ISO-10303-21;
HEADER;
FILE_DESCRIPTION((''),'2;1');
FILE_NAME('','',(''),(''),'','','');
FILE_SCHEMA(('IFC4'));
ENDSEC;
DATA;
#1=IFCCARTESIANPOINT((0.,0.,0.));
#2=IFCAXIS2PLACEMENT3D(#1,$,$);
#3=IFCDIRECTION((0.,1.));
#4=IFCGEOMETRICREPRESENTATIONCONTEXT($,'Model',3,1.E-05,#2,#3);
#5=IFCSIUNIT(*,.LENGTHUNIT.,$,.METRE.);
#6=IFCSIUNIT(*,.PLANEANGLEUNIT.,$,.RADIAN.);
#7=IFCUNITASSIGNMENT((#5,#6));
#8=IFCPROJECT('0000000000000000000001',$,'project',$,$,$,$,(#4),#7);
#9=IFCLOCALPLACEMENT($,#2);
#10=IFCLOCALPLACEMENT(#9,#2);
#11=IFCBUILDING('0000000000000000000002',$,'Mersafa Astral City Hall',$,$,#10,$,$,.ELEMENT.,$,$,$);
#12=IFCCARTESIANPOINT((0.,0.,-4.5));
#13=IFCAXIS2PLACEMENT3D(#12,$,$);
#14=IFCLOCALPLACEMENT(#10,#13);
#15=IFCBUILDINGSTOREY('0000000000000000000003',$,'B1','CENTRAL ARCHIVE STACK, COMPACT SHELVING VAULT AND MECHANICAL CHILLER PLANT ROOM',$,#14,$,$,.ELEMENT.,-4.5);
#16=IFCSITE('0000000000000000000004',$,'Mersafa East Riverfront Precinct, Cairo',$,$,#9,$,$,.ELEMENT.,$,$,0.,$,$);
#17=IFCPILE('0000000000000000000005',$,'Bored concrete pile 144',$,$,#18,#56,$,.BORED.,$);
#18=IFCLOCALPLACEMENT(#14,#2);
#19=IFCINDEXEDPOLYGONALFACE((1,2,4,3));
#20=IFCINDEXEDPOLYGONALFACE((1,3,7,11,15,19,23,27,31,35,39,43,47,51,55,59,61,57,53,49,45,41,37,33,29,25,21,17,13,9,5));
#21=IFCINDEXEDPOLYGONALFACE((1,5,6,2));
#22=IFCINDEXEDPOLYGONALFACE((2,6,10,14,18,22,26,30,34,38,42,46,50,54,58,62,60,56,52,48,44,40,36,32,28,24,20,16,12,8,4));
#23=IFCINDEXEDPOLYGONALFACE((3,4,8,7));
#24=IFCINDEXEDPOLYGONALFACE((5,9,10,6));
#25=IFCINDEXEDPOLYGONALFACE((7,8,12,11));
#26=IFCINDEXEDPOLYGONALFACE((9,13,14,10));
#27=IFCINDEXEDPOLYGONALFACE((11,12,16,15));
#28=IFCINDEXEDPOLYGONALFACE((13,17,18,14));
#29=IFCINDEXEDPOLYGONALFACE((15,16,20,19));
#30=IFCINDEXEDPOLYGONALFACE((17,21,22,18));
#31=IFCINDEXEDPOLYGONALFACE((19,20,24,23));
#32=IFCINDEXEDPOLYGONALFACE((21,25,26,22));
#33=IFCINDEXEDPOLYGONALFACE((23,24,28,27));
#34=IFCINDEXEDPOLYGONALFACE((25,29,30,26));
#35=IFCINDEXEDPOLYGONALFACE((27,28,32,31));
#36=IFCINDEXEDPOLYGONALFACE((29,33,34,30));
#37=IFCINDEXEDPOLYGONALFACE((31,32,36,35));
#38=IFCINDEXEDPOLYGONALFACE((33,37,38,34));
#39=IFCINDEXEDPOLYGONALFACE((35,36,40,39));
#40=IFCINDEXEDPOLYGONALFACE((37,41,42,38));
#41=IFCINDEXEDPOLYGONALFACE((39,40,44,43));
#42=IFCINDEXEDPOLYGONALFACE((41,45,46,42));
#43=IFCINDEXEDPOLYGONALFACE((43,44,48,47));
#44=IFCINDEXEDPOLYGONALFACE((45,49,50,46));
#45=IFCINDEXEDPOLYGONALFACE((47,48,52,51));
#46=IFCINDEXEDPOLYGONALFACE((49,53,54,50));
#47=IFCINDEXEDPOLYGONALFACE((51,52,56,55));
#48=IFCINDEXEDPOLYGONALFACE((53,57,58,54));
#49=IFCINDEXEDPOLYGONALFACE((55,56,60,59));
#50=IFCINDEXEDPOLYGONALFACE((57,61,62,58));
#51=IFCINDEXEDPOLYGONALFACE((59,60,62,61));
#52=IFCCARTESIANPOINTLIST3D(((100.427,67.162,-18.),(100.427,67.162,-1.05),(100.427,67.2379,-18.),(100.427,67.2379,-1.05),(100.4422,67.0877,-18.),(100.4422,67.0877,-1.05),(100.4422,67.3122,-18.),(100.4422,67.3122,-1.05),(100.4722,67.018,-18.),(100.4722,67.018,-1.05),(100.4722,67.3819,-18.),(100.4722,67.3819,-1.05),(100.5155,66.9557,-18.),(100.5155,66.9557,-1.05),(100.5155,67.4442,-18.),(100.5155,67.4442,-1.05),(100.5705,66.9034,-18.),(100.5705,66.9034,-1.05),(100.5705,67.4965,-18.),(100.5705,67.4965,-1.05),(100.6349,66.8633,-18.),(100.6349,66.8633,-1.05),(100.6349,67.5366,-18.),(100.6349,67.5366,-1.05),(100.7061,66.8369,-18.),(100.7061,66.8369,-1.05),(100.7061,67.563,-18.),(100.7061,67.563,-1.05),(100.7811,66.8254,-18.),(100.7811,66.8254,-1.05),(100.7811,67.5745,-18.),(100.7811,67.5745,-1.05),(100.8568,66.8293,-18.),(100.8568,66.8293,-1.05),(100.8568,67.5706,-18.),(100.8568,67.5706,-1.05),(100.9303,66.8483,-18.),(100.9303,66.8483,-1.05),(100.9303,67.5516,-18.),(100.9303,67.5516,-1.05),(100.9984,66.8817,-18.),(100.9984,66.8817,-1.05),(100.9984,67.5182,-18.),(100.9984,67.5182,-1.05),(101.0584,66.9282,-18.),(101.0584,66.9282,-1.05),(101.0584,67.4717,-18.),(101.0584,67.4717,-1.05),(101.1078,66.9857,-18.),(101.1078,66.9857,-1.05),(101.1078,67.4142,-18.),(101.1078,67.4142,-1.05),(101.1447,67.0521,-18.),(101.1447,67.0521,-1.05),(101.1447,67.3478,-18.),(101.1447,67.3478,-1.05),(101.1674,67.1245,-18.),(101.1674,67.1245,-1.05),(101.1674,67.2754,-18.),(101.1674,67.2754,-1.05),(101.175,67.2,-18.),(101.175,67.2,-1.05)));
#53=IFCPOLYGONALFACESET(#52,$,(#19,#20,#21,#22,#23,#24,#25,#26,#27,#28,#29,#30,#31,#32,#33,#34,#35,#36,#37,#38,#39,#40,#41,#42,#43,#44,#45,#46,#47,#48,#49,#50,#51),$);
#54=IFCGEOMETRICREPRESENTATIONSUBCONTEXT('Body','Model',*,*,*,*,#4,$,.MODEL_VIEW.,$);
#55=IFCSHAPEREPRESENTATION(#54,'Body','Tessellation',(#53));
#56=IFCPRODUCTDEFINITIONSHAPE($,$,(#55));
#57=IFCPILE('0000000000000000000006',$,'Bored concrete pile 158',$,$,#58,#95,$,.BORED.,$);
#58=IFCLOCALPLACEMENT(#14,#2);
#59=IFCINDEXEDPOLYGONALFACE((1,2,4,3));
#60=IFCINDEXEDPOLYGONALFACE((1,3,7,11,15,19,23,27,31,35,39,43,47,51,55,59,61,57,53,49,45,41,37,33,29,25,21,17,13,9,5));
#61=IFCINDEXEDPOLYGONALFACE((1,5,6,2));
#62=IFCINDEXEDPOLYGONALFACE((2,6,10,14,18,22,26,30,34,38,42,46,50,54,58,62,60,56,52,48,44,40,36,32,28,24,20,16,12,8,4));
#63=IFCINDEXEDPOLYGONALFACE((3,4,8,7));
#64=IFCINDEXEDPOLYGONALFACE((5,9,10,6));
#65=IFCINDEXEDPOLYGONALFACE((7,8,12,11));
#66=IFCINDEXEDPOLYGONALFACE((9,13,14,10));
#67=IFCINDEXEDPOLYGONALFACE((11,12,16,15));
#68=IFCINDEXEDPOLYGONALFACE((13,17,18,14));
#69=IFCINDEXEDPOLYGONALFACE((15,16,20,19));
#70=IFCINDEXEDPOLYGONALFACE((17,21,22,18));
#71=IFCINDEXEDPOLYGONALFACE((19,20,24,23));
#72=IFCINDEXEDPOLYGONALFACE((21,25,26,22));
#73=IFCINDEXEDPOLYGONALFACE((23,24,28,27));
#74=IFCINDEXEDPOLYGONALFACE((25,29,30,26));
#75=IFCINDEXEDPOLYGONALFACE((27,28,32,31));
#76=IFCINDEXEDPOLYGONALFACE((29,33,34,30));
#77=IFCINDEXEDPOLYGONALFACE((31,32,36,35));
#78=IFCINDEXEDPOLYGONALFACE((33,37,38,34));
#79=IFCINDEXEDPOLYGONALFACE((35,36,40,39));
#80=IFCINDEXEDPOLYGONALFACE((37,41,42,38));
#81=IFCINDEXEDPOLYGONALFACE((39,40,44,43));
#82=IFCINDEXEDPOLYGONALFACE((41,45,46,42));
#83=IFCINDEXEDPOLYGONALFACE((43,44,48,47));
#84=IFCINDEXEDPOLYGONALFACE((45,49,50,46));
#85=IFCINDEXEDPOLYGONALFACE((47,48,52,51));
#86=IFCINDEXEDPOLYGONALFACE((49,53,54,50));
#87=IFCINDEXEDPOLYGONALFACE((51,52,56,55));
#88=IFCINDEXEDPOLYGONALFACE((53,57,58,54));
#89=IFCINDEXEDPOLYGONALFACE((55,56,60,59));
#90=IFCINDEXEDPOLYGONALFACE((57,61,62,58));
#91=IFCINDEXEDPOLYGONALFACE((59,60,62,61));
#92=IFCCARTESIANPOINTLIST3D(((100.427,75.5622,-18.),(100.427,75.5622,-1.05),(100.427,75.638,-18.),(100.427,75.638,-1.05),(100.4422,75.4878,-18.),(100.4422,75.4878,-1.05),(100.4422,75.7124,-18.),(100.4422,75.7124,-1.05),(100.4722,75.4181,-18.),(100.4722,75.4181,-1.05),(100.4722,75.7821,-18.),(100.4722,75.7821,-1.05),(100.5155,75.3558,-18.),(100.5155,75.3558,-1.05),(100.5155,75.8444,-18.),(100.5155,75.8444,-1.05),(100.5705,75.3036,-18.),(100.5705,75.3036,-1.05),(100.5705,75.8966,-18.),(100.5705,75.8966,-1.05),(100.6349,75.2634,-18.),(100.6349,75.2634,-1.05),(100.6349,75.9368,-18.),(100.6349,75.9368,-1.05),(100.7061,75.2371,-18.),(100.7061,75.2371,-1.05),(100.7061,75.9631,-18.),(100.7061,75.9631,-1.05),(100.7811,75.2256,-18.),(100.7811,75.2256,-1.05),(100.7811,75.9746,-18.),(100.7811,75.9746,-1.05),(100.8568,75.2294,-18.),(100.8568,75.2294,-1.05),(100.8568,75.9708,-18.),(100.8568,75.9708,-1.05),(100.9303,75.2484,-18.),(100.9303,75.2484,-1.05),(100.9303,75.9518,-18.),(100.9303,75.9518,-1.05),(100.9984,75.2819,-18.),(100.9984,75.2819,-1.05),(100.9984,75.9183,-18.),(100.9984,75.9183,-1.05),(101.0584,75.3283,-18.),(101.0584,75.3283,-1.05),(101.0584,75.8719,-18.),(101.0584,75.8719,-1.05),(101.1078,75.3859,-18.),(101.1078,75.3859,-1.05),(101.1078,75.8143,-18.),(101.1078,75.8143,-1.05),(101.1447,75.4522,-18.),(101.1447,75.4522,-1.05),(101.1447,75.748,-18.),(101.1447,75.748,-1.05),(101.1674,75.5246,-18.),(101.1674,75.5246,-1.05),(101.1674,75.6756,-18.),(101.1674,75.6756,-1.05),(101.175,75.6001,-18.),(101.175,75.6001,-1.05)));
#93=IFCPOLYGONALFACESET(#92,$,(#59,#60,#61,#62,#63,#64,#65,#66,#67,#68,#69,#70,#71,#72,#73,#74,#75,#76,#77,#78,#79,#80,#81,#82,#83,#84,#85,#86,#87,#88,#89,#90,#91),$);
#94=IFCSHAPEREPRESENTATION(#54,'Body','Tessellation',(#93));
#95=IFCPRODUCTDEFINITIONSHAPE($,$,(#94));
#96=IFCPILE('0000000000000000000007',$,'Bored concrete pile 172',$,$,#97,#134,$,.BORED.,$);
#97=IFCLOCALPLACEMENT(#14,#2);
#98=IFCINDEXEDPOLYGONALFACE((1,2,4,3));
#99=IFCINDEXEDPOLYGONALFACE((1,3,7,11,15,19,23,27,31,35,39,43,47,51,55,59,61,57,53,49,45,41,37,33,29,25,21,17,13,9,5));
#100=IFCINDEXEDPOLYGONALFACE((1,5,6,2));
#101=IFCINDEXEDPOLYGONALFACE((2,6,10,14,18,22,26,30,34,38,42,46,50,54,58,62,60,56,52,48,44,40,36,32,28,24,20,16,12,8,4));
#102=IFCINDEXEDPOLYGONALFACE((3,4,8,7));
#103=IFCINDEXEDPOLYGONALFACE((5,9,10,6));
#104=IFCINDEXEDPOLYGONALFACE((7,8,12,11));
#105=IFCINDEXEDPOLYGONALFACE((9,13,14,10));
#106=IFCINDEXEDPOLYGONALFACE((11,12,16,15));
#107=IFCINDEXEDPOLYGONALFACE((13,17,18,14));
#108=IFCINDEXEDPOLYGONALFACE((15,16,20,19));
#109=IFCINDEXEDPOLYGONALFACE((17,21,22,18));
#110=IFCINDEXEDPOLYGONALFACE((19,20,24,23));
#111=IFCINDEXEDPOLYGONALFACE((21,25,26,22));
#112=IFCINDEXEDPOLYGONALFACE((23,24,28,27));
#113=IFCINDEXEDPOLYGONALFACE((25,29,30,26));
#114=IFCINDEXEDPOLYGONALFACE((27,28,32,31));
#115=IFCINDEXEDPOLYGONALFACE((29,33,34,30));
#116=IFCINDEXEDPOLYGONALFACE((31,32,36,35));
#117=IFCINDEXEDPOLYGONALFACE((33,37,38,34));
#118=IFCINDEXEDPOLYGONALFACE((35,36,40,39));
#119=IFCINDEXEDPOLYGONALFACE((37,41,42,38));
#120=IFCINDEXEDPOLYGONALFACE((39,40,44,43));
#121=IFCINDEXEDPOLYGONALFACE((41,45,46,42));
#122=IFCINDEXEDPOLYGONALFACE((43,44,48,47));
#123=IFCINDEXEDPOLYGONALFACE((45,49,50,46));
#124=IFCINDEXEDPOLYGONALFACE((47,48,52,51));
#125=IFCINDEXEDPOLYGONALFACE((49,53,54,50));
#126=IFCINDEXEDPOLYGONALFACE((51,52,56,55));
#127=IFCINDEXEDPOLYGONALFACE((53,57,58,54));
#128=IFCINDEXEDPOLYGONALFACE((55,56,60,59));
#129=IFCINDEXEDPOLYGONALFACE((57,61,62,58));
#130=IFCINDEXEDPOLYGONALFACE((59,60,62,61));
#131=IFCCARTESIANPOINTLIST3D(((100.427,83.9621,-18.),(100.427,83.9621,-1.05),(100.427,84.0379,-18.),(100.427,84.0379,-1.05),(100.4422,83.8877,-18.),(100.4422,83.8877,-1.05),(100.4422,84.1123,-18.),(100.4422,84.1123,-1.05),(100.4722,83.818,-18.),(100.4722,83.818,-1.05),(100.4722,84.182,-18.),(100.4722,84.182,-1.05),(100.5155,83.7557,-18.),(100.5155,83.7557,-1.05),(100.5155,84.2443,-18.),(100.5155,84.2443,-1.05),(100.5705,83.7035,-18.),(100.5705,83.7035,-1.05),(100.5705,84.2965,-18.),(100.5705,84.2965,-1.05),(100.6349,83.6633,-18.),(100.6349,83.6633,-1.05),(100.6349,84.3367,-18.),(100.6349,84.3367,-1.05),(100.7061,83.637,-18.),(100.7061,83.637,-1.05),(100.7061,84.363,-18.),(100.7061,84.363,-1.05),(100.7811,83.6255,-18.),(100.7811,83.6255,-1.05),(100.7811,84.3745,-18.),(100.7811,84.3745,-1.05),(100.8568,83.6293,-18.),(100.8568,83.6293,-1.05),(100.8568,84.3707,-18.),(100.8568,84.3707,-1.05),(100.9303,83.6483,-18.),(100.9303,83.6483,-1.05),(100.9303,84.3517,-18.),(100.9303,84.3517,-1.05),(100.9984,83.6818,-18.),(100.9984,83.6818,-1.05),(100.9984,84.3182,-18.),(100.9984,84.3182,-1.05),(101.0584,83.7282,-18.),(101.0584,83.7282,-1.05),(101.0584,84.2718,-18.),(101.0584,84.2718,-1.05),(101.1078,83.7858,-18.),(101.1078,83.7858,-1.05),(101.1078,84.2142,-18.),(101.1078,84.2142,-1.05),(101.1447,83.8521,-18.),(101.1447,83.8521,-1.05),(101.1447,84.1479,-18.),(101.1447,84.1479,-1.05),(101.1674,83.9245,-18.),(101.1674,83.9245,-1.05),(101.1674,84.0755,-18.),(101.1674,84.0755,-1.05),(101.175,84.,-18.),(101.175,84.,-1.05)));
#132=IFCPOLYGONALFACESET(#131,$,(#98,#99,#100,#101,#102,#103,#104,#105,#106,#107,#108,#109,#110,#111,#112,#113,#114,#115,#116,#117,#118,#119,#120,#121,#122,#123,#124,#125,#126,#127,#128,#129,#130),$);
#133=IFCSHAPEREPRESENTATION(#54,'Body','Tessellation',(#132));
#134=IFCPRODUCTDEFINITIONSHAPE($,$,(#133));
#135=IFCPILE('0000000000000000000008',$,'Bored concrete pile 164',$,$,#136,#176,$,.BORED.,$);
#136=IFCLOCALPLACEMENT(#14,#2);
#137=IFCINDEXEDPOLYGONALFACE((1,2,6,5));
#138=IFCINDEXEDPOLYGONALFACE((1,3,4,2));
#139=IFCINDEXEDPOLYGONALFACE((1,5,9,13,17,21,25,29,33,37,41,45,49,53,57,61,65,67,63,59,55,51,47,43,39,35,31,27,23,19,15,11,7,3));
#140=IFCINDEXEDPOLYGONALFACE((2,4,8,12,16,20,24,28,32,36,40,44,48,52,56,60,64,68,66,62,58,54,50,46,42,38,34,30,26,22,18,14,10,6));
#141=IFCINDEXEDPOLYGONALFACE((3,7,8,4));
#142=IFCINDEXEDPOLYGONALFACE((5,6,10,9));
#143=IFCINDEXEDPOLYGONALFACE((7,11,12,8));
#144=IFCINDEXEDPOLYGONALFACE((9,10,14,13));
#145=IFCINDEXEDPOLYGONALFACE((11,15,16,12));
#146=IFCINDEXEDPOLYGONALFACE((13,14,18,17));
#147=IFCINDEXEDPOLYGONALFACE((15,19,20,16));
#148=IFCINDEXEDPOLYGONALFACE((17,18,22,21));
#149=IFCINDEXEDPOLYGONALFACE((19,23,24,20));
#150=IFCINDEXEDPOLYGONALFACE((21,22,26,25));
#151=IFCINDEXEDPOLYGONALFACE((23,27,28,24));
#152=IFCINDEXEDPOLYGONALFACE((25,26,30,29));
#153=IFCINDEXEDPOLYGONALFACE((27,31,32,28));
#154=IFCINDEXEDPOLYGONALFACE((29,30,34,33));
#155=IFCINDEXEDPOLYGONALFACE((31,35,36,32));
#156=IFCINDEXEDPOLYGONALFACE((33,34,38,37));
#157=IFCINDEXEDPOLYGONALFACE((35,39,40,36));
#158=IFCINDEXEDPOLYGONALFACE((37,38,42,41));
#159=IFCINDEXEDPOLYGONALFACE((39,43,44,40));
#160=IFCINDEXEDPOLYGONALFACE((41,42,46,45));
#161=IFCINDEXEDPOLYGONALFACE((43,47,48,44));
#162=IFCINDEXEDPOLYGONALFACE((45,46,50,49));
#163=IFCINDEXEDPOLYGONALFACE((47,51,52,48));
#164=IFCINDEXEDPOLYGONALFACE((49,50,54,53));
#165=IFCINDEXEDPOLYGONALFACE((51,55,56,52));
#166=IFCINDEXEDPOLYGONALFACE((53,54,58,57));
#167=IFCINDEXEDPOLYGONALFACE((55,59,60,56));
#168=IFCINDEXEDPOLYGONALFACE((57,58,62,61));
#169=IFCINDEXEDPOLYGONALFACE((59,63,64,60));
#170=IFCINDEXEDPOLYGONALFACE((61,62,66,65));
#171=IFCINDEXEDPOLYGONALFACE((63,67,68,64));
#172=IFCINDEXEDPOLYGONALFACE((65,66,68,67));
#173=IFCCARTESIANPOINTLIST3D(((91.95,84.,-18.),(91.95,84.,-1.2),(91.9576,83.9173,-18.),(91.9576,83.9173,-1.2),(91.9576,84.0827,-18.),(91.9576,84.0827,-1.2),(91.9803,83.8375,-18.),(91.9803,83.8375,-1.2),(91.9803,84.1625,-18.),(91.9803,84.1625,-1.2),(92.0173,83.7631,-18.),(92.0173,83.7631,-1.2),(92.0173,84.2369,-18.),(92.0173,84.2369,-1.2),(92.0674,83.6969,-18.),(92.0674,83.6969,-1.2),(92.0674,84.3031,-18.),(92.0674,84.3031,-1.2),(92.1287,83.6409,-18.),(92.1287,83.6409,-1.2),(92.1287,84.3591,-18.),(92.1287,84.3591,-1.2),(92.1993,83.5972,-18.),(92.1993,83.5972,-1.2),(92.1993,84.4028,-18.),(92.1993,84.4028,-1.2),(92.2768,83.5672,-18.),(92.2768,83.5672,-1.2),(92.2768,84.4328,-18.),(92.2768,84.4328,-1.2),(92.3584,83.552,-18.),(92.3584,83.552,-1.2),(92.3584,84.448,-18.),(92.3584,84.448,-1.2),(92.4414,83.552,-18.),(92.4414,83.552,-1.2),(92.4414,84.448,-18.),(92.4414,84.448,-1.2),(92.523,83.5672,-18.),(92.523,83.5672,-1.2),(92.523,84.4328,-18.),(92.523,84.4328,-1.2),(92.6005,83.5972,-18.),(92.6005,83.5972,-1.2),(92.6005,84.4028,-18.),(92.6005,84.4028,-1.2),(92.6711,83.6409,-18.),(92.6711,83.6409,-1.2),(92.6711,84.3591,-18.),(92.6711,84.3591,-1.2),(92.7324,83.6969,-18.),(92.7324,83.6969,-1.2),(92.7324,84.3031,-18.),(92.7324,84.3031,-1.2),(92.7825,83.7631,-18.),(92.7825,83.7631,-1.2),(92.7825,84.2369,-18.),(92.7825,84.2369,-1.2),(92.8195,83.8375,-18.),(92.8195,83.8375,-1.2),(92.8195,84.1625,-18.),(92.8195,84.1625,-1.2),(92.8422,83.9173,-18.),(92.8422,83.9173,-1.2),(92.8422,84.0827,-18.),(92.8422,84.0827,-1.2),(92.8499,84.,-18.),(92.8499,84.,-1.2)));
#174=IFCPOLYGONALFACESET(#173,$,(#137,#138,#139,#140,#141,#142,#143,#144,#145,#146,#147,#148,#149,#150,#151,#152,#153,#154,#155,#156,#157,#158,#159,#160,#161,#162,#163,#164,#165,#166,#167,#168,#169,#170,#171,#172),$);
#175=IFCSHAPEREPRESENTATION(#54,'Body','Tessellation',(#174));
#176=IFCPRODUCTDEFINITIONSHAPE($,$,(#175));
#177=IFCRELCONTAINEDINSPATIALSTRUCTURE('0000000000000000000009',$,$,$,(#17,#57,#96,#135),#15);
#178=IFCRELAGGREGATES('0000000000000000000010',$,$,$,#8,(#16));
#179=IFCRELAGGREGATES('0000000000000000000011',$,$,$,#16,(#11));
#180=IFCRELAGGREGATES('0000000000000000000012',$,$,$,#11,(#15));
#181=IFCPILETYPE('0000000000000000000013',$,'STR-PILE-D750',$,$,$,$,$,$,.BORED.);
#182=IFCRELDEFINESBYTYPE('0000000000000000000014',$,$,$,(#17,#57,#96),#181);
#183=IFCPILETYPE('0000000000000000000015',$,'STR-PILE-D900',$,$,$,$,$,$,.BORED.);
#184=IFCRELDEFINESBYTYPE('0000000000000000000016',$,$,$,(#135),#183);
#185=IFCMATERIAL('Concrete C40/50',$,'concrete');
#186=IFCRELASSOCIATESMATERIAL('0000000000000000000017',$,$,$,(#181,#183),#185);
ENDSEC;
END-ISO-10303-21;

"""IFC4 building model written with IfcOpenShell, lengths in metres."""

from ifc_helpers import new_model, si_unit, direction, frame, origin, origin_2d, place, context, subcontext, project, spatial, circle, extrude, material, material_profile, profile_set, type_object, element, save


model = new_model("IFC4")

# Units and contexts
model_context = context("Model", 3, precision=1e-05, world=origin(), true_north=direction((0.0, 1.0)))
body_context = subcontext(model_context, "Body", "Model", "MODEL_VIEW")
ifc_project = project(units=[si_unit("LENGTHUNIT", "METRE"), si_unit("PLANEANGLEUNIT", "RADIAN")], contexts=[model_context])

# Site, building, storey
site_placement = place(None, origin())
site = spatial("IfcSite", under=ifc_project, at=site_placement, Name="Mersafa East Riverfront Precinct, Cairo", CompositionType="ELEMENT", RefElevation=0.0)
building_placement = place(site_placement, origin())
building = spatial("IfcBuilding", under=site, at=building_placement, Name="Mersafa Astral City Hall", CompositionType="ELEMENT")
storey_placement = place(building_placement, frame((0.0, 0.0, -4.5)))
storey = spatial("IfcBuildingStorey", under=building, at=storey_placement, Name="B1", Description="CENTRAL ARCHIVE STACK, COMPACT SHELVING VAULT AND MECHANICAL CHILLER PLANT ROOM", CompositionType="ELEMENT", Elevation=-4.5)

# Shared definitions
ifc_material_1 = material(Name="Concrete C40/50", Category="concrete")

# Piles
ifc_material_profile_1 = material_profile(ifc_material_1, circle(Radius=0.375, at=origin_2d()), Name="PILE D750")
ifc_profile_set_1 = profile_set([ifc_material_profile_1], Name="Concrete C40/50")
pile_type_1 = type_object("IfcPileType", Name="STR-PILE-D750", PredefinedType="BORED", material=ifc_profile_set_1)
for number, where, z_axis, x_axis, name in (
    (1, (100.8, 67.2, -1.05), (0.0, 0.0, -1.0), (1.0, 0.0, 0.0), "Bored concrete pile 144"),
    (2, (100.8, 75.6001, -1.05), (0.0, 0.0, -1.0), (1.0, 0.0, 0.0), "Bored concrete pile 158"),
    (3, (100.8, 84.0, -1.05), (0.0, 0.0, -1.0), (1.0, 0.0, 0.0), "Bored concrete pile 172"),
):
    element("IfcPile", number, at=place(storey_placement, frame(where, z_axis=z_axis, x_axis=x_axis)), inside=storey, type_object=pile_type_1, Name=name, PredefinedType="BORED", context=body_context, shape_type="SweptSolid", body=[
        extrude(circle(Radius=0.375, at=origin_2d()), origin(), (0.0, 0.0, 1.0), 16.95),
    ])
ifc_material_profile_2 = material_profile(ifc_material_1, circle(Radius=0.45, at=origin_2d()), Name="PILE D900")
ifc_profile_set_2 = profile_set([ifc_material_profile_2], Name="Concrete C40/50")
pile_type_2 = type_object("IfcPileType", Name="STR-PILE-D900", PredefinedType="BORED", material=ifc_profile_set_2)
pile_placement = place(storey_placement, frame((92.3999, 84.0, -1.2), z_axis=(0.0, 0.0, -1.0), x_axis=(1.0, 0.0, 0.0)))
element("IfcPile", 4, at=pile_placement, inside=storey, type_object=pile_type_2, Name="Bored concrete pile 164", PredefinedType="BORED", context=body_context, shape_type="SweptSolid", body=[
    extrude(circle(Radius=0.45, at=origin_2d()), origin(), (0.0, 0.0, 1.0), 16.8),
])

save(model, "model.ifc")
